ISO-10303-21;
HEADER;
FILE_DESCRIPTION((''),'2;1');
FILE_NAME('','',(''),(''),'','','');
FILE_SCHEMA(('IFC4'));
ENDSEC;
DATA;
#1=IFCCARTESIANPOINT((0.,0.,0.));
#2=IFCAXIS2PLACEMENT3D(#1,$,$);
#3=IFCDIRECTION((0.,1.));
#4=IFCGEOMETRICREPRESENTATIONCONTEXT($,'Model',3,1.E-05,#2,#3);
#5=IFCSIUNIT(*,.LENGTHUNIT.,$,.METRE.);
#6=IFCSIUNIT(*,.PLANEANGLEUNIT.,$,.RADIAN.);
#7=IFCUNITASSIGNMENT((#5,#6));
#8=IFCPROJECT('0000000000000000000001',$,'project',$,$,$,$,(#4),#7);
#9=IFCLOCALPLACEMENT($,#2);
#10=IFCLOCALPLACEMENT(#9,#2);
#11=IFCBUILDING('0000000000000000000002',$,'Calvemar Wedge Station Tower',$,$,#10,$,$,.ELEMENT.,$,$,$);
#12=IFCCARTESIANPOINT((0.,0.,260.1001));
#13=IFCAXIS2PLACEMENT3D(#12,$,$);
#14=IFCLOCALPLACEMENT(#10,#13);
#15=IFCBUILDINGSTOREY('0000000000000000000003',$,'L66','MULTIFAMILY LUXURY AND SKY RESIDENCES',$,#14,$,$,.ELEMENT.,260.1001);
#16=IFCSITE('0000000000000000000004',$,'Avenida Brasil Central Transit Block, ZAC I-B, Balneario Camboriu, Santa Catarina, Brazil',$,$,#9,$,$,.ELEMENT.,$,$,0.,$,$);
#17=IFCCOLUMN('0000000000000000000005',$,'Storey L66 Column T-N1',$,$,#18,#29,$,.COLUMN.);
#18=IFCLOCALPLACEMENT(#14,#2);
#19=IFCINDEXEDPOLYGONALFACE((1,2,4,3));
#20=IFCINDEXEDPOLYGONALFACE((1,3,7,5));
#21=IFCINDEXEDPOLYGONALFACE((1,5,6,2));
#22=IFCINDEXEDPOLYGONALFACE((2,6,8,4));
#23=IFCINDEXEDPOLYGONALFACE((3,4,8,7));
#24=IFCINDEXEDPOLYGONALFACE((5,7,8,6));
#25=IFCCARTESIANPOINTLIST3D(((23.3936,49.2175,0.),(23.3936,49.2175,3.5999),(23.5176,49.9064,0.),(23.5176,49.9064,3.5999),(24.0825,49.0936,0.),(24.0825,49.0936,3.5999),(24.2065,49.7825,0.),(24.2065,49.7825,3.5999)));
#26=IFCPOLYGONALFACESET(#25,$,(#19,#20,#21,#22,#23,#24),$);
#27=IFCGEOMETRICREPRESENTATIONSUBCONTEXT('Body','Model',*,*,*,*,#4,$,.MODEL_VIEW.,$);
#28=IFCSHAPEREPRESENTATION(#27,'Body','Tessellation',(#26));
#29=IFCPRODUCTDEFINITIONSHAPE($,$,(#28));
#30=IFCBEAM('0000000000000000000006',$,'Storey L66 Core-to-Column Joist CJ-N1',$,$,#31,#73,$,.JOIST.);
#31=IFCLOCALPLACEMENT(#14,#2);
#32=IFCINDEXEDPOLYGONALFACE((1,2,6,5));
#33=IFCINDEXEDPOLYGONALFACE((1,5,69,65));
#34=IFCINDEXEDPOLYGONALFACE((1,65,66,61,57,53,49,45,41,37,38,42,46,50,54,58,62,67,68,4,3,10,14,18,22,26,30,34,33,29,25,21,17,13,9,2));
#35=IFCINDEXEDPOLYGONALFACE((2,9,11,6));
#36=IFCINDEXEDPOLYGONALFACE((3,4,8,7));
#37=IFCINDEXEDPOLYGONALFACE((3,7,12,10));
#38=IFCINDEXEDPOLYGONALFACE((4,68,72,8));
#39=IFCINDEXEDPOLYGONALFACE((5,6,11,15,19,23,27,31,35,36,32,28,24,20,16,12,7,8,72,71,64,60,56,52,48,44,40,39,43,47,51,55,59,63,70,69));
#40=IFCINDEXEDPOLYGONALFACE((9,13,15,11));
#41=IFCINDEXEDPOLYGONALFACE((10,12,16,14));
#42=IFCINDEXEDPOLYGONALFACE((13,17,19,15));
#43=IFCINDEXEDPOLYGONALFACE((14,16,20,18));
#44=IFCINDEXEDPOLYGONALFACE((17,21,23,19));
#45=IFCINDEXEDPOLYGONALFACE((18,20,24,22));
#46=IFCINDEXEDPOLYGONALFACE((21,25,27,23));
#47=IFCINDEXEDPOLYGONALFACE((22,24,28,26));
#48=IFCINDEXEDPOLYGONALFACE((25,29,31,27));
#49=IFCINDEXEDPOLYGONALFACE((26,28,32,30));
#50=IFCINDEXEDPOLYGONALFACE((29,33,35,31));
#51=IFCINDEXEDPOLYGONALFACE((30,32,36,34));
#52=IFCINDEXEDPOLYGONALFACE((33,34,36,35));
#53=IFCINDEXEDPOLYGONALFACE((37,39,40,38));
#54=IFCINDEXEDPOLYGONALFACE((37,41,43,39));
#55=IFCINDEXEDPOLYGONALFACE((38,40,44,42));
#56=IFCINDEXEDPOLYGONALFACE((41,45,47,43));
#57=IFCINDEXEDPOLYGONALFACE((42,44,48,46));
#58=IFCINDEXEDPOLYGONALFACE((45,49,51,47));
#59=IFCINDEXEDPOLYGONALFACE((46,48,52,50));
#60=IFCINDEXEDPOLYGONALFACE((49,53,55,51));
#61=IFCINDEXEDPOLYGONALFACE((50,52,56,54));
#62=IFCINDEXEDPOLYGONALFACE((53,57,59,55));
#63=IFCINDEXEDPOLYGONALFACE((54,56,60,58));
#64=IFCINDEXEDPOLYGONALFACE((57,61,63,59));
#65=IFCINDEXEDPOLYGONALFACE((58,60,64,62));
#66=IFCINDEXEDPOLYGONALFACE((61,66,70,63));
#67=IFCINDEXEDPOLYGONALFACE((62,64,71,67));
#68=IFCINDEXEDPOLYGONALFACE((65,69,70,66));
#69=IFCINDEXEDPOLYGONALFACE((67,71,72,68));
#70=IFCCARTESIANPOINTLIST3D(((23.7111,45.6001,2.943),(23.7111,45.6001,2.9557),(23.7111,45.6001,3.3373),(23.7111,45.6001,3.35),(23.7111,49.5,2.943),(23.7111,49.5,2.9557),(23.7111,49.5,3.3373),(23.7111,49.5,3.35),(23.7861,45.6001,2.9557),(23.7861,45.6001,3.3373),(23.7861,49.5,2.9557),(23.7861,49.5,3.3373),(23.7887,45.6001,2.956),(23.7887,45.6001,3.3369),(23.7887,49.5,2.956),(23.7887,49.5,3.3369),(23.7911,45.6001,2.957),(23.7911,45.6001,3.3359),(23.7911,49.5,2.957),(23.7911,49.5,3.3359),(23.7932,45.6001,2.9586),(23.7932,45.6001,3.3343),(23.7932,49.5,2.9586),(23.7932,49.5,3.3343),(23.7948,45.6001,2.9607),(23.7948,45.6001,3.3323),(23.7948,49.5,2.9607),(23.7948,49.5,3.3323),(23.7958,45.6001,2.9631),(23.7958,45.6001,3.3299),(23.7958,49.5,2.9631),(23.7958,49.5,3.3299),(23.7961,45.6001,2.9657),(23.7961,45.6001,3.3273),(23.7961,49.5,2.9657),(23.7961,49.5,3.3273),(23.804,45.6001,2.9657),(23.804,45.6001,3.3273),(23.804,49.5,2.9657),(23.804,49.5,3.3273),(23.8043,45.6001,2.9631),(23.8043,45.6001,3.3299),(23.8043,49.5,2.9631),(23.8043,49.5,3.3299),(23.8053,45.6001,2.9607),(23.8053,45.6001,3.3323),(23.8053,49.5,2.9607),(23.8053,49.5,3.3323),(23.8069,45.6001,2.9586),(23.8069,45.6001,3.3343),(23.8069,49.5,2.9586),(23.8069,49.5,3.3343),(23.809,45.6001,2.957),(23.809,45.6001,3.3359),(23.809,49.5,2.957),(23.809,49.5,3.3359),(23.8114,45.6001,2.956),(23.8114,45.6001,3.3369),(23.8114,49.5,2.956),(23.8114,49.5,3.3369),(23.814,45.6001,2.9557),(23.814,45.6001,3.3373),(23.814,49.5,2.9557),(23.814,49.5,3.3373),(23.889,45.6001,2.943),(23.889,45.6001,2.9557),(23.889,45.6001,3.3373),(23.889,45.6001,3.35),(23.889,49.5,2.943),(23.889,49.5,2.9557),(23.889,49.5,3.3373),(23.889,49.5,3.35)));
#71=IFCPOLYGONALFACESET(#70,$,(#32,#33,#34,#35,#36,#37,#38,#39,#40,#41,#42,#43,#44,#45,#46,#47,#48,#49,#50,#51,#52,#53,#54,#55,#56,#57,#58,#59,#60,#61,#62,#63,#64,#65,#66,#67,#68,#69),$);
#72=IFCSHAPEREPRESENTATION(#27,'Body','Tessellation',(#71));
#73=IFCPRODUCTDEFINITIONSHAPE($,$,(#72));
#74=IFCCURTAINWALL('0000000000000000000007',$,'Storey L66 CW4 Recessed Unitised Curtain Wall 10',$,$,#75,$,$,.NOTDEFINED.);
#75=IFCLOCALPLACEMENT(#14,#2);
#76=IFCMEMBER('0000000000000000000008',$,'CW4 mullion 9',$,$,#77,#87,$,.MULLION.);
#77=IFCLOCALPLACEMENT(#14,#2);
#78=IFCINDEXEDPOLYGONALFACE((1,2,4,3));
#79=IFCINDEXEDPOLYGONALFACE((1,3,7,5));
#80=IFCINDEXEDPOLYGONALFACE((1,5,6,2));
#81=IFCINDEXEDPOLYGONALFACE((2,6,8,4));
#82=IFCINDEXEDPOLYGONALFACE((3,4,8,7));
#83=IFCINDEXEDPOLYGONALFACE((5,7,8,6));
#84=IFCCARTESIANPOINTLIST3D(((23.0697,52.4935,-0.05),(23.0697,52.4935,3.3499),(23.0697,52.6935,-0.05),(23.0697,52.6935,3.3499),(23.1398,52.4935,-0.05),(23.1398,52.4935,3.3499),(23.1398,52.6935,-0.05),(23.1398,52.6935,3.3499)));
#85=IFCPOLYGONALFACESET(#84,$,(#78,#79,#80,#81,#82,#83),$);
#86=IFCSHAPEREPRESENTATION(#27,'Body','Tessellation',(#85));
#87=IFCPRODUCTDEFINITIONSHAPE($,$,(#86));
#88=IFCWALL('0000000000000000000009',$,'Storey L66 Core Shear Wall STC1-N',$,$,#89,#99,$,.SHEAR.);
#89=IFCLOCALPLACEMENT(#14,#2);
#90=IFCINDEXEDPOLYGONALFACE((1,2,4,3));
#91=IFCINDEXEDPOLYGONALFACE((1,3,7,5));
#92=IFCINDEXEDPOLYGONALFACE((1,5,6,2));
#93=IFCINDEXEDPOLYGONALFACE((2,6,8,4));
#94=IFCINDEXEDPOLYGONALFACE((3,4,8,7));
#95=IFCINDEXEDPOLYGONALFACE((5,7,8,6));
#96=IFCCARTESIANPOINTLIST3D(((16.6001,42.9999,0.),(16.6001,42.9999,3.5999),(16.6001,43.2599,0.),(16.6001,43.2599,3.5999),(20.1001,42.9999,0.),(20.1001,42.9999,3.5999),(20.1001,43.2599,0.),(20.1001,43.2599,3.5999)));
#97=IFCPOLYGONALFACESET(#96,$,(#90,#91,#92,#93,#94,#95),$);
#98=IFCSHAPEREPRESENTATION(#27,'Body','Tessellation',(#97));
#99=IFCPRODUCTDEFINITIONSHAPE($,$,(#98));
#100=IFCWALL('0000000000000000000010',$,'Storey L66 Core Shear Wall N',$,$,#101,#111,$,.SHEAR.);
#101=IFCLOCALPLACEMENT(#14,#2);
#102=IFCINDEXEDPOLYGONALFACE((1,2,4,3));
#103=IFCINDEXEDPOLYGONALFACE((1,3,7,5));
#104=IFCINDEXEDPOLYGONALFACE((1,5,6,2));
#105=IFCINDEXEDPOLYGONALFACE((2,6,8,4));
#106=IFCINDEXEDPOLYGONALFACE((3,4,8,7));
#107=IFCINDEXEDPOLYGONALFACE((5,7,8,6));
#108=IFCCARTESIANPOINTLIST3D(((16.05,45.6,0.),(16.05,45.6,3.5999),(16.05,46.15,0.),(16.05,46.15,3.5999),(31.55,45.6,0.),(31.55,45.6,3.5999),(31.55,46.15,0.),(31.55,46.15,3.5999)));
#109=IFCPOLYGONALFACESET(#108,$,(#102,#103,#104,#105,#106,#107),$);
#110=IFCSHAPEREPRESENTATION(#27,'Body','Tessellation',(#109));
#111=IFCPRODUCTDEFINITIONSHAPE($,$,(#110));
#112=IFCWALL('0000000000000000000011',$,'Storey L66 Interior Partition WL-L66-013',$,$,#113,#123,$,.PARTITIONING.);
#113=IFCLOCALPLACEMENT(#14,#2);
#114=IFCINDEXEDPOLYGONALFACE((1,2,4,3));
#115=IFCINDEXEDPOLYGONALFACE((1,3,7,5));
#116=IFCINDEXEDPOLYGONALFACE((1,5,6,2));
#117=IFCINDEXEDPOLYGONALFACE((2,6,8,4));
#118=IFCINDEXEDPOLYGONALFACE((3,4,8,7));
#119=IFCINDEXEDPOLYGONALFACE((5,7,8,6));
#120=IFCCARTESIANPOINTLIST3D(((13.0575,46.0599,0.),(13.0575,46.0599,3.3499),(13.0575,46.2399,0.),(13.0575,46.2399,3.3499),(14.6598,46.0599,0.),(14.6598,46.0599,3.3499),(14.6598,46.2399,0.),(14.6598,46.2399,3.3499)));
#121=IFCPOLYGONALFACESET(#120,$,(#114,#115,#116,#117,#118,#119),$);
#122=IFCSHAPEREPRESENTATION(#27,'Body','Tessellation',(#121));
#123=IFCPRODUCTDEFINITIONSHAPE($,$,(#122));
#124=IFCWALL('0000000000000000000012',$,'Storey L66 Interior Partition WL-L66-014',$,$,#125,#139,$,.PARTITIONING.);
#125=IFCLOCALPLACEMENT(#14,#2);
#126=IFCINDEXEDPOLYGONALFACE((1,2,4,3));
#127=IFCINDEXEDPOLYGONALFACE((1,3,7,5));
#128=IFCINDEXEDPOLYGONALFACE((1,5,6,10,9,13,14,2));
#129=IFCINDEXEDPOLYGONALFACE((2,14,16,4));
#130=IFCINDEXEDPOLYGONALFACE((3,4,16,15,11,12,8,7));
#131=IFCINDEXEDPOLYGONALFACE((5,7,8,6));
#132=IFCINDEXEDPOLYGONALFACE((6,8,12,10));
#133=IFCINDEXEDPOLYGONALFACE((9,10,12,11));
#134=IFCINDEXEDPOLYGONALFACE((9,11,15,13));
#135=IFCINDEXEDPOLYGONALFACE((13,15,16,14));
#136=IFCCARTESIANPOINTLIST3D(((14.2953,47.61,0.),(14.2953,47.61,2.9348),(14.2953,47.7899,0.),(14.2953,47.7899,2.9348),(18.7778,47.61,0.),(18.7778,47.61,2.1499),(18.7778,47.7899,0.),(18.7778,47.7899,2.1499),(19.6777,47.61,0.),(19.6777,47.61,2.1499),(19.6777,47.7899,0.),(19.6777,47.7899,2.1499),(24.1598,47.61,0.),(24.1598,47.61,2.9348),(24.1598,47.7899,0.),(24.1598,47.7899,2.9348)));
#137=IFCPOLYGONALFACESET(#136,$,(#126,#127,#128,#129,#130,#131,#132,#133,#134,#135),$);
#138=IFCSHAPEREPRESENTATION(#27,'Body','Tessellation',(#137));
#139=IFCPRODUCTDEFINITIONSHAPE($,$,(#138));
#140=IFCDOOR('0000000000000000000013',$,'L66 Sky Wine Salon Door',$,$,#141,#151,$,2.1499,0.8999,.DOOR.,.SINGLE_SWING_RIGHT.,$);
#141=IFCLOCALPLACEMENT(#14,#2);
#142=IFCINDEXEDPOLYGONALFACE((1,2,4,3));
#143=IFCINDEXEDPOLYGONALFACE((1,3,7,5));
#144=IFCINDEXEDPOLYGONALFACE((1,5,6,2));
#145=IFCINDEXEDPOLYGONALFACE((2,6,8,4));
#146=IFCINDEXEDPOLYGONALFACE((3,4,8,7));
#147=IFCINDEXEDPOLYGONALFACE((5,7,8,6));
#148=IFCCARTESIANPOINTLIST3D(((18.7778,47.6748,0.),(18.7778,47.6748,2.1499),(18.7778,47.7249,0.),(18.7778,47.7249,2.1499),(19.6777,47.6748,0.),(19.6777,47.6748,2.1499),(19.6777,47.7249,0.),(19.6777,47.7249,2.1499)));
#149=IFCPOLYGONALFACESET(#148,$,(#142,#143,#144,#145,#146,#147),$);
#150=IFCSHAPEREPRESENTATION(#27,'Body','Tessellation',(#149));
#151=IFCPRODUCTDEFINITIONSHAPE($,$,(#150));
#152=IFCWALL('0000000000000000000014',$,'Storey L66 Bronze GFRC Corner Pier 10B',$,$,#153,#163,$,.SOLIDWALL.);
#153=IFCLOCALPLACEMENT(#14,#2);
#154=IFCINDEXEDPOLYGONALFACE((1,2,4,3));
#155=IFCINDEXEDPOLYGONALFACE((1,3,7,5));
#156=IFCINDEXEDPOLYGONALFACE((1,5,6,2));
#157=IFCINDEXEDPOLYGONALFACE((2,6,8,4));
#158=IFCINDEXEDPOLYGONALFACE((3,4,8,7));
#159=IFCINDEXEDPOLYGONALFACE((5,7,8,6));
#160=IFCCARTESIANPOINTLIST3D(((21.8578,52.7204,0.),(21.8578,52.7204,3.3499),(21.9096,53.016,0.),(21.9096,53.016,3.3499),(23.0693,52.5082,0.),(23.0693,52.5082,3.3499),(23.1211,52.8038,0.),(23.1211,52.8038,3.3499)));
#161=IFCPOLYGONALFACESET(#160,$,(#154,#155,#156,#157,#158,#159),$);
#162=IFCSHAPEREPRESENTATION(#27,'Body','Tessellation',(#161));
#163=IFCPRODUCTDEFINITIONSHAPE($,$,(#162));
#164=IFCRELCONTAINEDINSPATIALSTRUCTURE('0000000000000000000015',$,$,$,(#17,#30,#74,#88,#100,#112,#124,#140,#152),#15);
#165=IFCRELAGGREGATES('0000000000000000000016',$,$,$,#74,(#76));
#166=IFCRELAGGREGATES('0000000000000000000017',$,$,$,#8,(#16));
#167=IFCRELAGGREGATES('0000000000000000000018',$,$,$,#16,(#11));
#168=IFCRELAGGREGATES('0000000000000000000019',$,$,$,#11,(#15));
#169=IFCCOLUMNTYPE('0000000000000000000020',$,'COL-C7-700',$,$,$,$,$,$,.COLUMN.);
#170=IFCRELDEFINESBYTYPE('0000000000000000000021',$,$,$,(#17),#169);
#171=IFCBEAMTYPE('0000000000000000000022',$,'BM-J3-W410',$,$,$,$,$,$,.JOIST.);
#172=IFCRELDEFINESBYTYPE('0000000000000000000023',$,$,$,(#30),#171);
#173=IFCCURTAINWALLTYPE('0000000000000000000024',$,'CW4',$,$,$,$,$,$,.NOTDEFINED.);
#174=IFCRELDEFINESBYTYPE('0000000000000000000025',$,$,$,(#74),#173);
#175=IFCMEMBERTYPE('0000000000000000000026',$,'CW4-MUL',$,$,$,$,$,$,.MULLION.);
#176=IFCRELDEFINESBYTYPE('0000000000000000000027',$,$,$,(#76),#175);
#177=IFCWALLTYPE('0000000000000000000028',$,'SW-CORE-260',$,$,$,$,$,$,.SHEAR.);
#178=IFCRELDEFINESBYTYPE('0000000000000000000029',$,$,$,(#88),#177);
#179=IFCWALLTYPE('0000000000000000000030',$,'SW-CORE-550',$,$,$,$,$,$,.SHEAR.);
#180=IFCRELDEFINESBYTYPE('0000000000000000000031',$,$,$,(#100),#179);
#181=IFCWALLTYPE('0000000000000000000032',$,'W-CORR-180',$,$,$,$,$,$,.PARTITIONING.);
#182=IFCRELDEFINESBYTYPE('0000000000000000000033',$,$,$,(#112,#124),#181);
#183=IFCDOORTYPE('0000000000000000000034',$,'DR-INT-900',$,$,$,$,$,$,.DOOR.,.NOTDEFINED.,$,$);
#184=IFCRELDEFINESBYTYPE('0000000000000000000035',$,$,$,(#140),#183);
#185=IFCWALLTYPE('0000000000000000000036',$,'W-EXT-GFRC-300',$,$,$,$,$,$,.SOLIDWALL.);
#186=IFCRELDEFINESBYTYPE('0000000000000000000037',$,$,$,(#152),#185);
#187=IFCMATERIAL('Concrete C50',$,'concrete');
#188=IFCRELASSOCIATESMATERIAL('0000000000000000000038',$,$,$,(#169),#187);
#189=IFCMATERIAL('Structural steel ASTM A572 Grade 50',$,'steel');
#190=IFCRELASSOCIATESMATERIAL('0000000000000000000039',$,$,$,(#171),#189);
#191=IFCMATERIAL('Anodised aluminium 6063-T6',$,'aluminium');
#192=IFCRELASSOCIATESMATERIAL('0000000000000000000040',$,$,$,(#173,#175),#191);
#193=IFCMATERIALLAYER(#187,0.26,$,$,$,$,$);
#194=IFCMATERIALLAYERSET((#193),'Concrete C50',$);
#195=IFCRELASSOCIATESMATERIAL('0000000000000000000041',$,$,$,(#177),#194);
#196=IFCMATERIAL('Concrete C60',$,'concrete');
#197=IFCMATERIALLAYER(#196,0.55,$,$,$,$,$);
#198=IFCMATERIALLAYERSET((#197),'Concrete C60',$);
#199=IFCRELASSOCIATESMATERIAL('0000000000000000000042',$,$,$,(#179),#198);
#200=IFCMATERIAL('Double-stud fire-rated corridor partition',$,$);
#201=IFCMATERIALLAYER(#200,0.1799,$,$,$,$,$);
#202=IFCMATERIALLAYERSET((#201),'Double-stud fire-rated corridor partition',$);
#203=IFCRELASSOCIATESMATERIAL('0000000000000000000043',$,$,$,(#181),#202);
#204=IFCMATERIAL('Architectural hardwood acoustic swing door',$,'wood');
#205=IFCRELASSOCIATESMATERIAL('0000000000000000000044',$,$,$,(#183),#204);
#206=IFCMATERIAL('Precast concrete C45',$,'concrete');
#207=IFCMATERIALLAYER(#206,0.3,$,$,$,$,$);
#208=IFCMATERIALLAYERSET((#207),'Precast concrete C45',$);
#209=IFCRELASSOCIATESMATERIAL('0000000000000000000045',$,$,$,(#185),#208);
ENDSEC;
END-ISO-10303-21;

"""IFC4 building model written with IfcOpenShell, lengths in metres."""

from ifc_helpers import new_model, si_unit, direction, frame, frame_2d, origin, origin_2d, place, context, subcontext, project, spatial, rectangle, i_section, extrude, source, transform, mapped, material, layer, layer_set, material_profile, profile_set, type_object, element, fill, aggregate, save


model = new_model("IFC4")

# Units and contexts
model_context = context("Model", 3, precision=1e-05, world=origin(), true_north=direction((0.0, 1.0)))
body_context = subcontext(model_context, "Body", "Model", "MODEL_VIEW")
ifc_project = project(units=[si_unit("LENGTHUNIT", "METRE"), si_unit("PLANEANGLEUNIT", "RADIAN")], contexts=[model_context])

# Site, building, storey
site_placement = place(None, origin())
site = spatial("IfcSite", under=ifc_project, at=site_placement, Name="Avenida Brasil Central Transit Block, ZAC I-B, Balneario Camboriu, Santa Catarina, Brazil", CompositionType="ELEMENT", RefElevation=0.0)
building_placement = place(site_placement, origin())
building = spatial("IfcBuilding", under=site, at=building_placement, Name="Calvemar Wedge Station Tower", CompositionType="ELEMENT")
storey_placement = place(building_placement, frame((0.0, 0.0, 260.1001)))
storey = spatial("IfcBuildingStorey", under=building, at=storey_placement, Name="L66", Description="MULTIFAMILY LUXURY AND SKY RESIDENCES", CompositionType="ELEMENT", Elevation=260.1001)

# Column
ifc_material_1 = material(Name="Concrete C50", Category="concrete")
ifc_material_profile_1 = material_profile(ifc_material_1, rectangle(XDim=0.7, YDim=0.7, at=origin_2d()), Name="RC700x700")
ifc_profile_set_1 = profile_set([ifc_material_profile_1], Name="Concrete C50")
column_type = type_object("IfcColumnType", Name="COL-C7-700", PredefinedType="COLUMN", material=ifc_profile_set_1)
shared_shape_1 = source(origin(), body_context, "Body", "SweptSolid", [
    extrude(rectangle(XDim=0.7, YDim=0.7, at=origin_2d()), origin(), (0.0, 0.0, 1.0), 3.5999),
])
column_placement = place(storey_placement, frame((23.8, 49.5, 0.0), z_axis=(0.0, 0.0, 1.0), x_axis=(0.984196, -0.177085, 0.0)))
element("IfcColumn", 1, at=column_placement, inside=storey, type_object=column_type, Name="Storey L66 Column T-N1", PredefinedType="COLUMN", context=body_context, shape_type="MappedRepresentation", body=[
    mapped(shared_shape_1, transform((0.0, 0.0, 0.0), scale=1.0)),
])

# Beam
ifc_material_2 = material(Name="Structural steel ASTM A572 Grade 50", Category="steel")
ifc_material_profile_2 = material_profile(ifc_material_2, i_section(OverallWidth=0.178, OverallDepth=0.407, WebThickness=0.0078, FlangeThickness=0.0127, FilletRadius=0.01, at=origin_2d()), Name="W410x60")
ifc_profile_set_2 = profile_set([ifc_material_profile_2], Name="Structural steel ASTM A572 Grade 50")
beam_type = type_object("IfcBeamType", Name="BM-J3-W410", PredefinedType="JOIST", material=ifc_profile_set_2)
shared_shape_2 = source(origin(), body_context, "Body", "SweptSolid", [
    extrude(i_section(OverallWidth=0.178, OverallDepth=0.407, WebThickness=0.0078, FlangeThickness=0.0127, FilletRadius=0.01, at=origin_2d()), origin(), (0.0, 0.0, 1.0), 3.8999),
])
beam_placement = place(storey_placement, frame((23.8, 45.6001, 3.1465), z_axis=(0.0, 1.0, 0.0), x_axis=(-1.0, 0.0, 0.0)))
element("IfcBeam", 2, at=beam_placement, inside=storey, type_object=beam_type, Name="Storey L66 Core-to-Column Joist CJ-N1", PredefinedType="JOIST", context=body_context, shape_type="MappedRepresentation", body=[
    mapped(shared_shape_2, transform((0.0, 0.0, 0.0), scale=1.0)),
])

# Curtain wall, member
ifc_material_3 = material(Name="Anodised aluminium 6063-T6", Category="aluminium")
curtain_wall_type = type_object("IfcCurtainWallType", Name="CW4", PredefinedType="NOTDEFINED", material=ifc_material_3)
curtain_wall_placement = place(storey_placement, origin())
curtain_wall = element("IfcCurtainWall", 3, at=curtain_wall_placement, inside=storey, type_object=curtain_wall_type, Name="Storey L66 CW4 Recessed Unitised Curtain Wall 10", PredefinedType="NOTDEFINED")
ifc_material_profile_3 = material_profile(ifc_material_3, rectangle(XDim=0.0701, YDim=0.2, at=origin_2d()), Name="AL-MUL-70x200")
ifc_profile_set_3 = profile_set([ifc_material_profile_3], Name="Anodised aluminium 6063-T6")
member_type = type_object("IfcMemberType", Name="CW4-MUL", PredefinedType="MULLION", material=ifc_profile_set_3)
shared_shape_3 = source(origin(), body_context, "Body", "SweptSolid", [
    extrude(rectangle(XDim=0.0701, YDim=0.2, at=origin_2d()), origin(), (0.0, 0.0, 1.0), 3.3999),
])
member_placement = place(storey_placement, frame((23.1047, 52.5935, -0.05), z_axis=(0.0, 0.0, 1.0), x_axis=(1.0, 0.0, 0.0)))
member = element("IfcMember", 4, at=member_placement, type_object=member_type, Name="CW4 mullion 9", PredefinedType="MULLION", context=body_context, shape_type="MappedRepresentation", body=[
    mapped(shared_shape_3, transform((0.0, 0.0, 0.0), scale=1.0)),
])
aggregate(curtain_wall, [member])

# Walls
ifc_layer_1 = layer(ifc_material_1, 0.26)
ifc_layer_set_1 = layer_set([ifc_layer_1], Name="Concrete C50")
wall_type_1 = type_object("IfcWallType", Name="SW-CORE-260", PredefinedType="SHEAR", material=ifc_layer_set_1)
wall_1_placement = place(storey_placement, frame((16.6001, 43.1299, 0.0), z_axis=(0.0, 0.0, 1.0), x_axis=(1.0, 0.0, 0.0)))
element("IfcWall", 5, at=wall_1_placement, inside=storey, type_object=wall_type_1, Name="Storey L66 Core Shear Wall STC1-N", PredefinedType="SHEAR", context=body_context, shape_type="SweptSolid", body=[
    extrude(rectangle(XDim=3.5, YDim=0.26, at=frame_2d((1.75, 0.0))), origin(), (0.0, 0.0, 1.0), 3.5999),
])
ifc_material_4 = material(Name="Concrete C60", Category="concrete")
ifc_layer_2 = layer(ifc_material_4, 0.55)
ifc_layer_set_2 = layer_set([ifc_layer_2], Name="Concrete C60")
wall_type_2 = type_object("IfcWallType", Name="SW-CORE-550", PredefinedType="SHEAR", material=ifc_layer_set_2)
wall_2_placement = place(storey_placement, frame((16.05, 45.875, 0.0), z_axis=(0.0, 0.0, 1.0), x_axis=(1.0, 0.0, 0.0)))
element("IfcWall", 6, at=wall_2_placement, inside=storey, type_object=wall_type_2, Name="Storey L66 Core Shear Wall N", PredefinedType="SHEAR", context=body_context, shape_type="SweptSolid", body=[
    extrude(rectangle(XDim=15.5, YDim=0.55, at=frame_2d((7.75, 0.0))), origin(), (0.0, 0.0, 1.0), 3.5999),
])
ifc_material_5 = material(Name="Double-stud fire-rated corridor partition")
ifc_layer_3 = layer(ifc_material_5, 0.1799)
ifc_layer_set_3 = layer_set([ifc_layer_3], Name="Double-stud fire-rated corridor partition")
wall_type_3 = type_object("IfcWallType", Name="W-CORR-180", PredefinedType="PARTITIONING", material=ifc_layer_set_3)
wall_3_placement = place(storey_placement, frame((14.6599, 46.1499, 0.0), z_axis=(0.0, 0.0, 1.0), x_axis=(-1.0, 0.0, 0.0)))
element("IfcWall", 7, at=wall_3_placement, inside=storey, type_object=wall_type_3, Name="Storey L66 Interior Partition WL-L66-013", PredefinedType="PARTITIONING", context=body_context, shape_type="SweptSolid", body=[
    extrude(rectangle(XDim=1.6023, YDim=0.1799, at=frame_2d((0.8013, 0.0))), origin(), (0.0, 0.0, 1.0), 3.3499),
])

# Wall, opening, door
wall_4_placement = place(storey_placement, frame((14.2954, 47.7, 0.0), z_axis=(0.0, 0.0, 1.0), x_axis=(1.0, 0.0, 0.0)))
wall_4 = element("IfcWall", 8, at=wall_4_placement, inside=storey, type_object=wall_type_3, Name="Storey L66 Interior Partition WL-L66-014", PredefinedType="PARTITIONING", context=body_context, shape_type="SweptSolid", body=[
    extrude(rectangle(XDim=9.8645, YDim=0.1799, at=frame_2d((4.9321, 0.0))), origin(), (0.0, 0.0, 1.0), 2.9348),
])
shared_shape_4 = source(origin(), body_context, "Body", "SweptSolid", [
    extrude(rectangle(XDim=0.8999, YDim=2.1499, at=frame_2d((0.45, 1.075))), frame((0.0, 0.1001, 0.0), z_axis=(0.0, -1.0, 0.0), x_axis=(1.0, 0.0, 0.0)), (0.0, 0.0, 1.0), 0.2),
])
opening_1_placement = place(wall_4_placement, frame((4.4824, 0.0, 0.0)))
opening_1 = element("IfcOpeningElement", 9, at=opening_1_placement, cuts=wall_4, PredefinedType="OPENING", context=body_context, shape_type="MappedRepresentation", body=[
    mapped(shared_shape_4, transform((0.0, 0.0, 0.0), scale=1.0)),
])
ifc_material_6 = material(Name="Architectural hardwood acoustic swing door", Category="wood")
door_type = type_object("IfcDoorType", Name="DR-INT-900", OperationType="NOTDEFINED", PredefinedType="DOOR", material=ifc_material_6)
shared_shape_5 = source(origin(), body_context, "Body", "SweptSolid", [
    extrude(rectangle(XDim=0.8999, YDim=2.1499, at=frame_2d((0.45, 1.075))), frame((0.0, 0.0249, 0.0), z_axis=(0.0, -1.0, 0.0), x_axis=(1.0, 0.0, 0.0)), (0.0, 0.0, 1.0), 0.05),
])
door_placement = place(opening_1_placement, origin())
door = element("IfcDoor", 10, at=door_placement, inside=storey, type_object=door_type, Name="L66 Sky Wine Salon Door", OperationType="SINGLE_SWING_RIGHT", OverallHeight=2.1499, OverallWidth=0.8999, PredefinedType="DOOR", context=body_context, shape_type="MappedRepresentation", body=[
    mapped(shared_shape_5, transform((0.0, 0.0, 0.0), scale=1.0)),
])
fill(opening_1, door)

# Wall
ifc_material_7 = material(Name="Precast concrete C45", Category="concrete")
ifc_layer_4 = layer(ifc_material_7, 0.3)
ifc_layer_set_4 = layer_set([ifc_layer_4], Name="Precast concrete C45")
wall_type_4 = type_object("IfcWallType", Name="W-EXT-GFRC-300", PredefinedType="SOLIDWALL", material=ifc_layer_set_4)
wall_5_placement = place(storey_placement, frame((23.0952, 52.656, 0.0), z_axis=(0.0, 0.0, 1.0), x_axis=(-0.985009, 0.172506, 0.0)))
element("IfcWall", 11, at=wall_5_placement, inside=storey, type_object=wall_type_4, Name="Storey L66 Bronze GFRC Corner Pier 10B", PredefinedType="SOLIDWALL", context=body_context, shape_type="SweptSolid", body=[
    extrude(rectangle(XDim=1.23, YDim=0.3, at=frame_2d((0.615, 0.0))), origin(), (0.0, 0.0, 1.0), 3.3499),
])

save(model, "model.ifc")
